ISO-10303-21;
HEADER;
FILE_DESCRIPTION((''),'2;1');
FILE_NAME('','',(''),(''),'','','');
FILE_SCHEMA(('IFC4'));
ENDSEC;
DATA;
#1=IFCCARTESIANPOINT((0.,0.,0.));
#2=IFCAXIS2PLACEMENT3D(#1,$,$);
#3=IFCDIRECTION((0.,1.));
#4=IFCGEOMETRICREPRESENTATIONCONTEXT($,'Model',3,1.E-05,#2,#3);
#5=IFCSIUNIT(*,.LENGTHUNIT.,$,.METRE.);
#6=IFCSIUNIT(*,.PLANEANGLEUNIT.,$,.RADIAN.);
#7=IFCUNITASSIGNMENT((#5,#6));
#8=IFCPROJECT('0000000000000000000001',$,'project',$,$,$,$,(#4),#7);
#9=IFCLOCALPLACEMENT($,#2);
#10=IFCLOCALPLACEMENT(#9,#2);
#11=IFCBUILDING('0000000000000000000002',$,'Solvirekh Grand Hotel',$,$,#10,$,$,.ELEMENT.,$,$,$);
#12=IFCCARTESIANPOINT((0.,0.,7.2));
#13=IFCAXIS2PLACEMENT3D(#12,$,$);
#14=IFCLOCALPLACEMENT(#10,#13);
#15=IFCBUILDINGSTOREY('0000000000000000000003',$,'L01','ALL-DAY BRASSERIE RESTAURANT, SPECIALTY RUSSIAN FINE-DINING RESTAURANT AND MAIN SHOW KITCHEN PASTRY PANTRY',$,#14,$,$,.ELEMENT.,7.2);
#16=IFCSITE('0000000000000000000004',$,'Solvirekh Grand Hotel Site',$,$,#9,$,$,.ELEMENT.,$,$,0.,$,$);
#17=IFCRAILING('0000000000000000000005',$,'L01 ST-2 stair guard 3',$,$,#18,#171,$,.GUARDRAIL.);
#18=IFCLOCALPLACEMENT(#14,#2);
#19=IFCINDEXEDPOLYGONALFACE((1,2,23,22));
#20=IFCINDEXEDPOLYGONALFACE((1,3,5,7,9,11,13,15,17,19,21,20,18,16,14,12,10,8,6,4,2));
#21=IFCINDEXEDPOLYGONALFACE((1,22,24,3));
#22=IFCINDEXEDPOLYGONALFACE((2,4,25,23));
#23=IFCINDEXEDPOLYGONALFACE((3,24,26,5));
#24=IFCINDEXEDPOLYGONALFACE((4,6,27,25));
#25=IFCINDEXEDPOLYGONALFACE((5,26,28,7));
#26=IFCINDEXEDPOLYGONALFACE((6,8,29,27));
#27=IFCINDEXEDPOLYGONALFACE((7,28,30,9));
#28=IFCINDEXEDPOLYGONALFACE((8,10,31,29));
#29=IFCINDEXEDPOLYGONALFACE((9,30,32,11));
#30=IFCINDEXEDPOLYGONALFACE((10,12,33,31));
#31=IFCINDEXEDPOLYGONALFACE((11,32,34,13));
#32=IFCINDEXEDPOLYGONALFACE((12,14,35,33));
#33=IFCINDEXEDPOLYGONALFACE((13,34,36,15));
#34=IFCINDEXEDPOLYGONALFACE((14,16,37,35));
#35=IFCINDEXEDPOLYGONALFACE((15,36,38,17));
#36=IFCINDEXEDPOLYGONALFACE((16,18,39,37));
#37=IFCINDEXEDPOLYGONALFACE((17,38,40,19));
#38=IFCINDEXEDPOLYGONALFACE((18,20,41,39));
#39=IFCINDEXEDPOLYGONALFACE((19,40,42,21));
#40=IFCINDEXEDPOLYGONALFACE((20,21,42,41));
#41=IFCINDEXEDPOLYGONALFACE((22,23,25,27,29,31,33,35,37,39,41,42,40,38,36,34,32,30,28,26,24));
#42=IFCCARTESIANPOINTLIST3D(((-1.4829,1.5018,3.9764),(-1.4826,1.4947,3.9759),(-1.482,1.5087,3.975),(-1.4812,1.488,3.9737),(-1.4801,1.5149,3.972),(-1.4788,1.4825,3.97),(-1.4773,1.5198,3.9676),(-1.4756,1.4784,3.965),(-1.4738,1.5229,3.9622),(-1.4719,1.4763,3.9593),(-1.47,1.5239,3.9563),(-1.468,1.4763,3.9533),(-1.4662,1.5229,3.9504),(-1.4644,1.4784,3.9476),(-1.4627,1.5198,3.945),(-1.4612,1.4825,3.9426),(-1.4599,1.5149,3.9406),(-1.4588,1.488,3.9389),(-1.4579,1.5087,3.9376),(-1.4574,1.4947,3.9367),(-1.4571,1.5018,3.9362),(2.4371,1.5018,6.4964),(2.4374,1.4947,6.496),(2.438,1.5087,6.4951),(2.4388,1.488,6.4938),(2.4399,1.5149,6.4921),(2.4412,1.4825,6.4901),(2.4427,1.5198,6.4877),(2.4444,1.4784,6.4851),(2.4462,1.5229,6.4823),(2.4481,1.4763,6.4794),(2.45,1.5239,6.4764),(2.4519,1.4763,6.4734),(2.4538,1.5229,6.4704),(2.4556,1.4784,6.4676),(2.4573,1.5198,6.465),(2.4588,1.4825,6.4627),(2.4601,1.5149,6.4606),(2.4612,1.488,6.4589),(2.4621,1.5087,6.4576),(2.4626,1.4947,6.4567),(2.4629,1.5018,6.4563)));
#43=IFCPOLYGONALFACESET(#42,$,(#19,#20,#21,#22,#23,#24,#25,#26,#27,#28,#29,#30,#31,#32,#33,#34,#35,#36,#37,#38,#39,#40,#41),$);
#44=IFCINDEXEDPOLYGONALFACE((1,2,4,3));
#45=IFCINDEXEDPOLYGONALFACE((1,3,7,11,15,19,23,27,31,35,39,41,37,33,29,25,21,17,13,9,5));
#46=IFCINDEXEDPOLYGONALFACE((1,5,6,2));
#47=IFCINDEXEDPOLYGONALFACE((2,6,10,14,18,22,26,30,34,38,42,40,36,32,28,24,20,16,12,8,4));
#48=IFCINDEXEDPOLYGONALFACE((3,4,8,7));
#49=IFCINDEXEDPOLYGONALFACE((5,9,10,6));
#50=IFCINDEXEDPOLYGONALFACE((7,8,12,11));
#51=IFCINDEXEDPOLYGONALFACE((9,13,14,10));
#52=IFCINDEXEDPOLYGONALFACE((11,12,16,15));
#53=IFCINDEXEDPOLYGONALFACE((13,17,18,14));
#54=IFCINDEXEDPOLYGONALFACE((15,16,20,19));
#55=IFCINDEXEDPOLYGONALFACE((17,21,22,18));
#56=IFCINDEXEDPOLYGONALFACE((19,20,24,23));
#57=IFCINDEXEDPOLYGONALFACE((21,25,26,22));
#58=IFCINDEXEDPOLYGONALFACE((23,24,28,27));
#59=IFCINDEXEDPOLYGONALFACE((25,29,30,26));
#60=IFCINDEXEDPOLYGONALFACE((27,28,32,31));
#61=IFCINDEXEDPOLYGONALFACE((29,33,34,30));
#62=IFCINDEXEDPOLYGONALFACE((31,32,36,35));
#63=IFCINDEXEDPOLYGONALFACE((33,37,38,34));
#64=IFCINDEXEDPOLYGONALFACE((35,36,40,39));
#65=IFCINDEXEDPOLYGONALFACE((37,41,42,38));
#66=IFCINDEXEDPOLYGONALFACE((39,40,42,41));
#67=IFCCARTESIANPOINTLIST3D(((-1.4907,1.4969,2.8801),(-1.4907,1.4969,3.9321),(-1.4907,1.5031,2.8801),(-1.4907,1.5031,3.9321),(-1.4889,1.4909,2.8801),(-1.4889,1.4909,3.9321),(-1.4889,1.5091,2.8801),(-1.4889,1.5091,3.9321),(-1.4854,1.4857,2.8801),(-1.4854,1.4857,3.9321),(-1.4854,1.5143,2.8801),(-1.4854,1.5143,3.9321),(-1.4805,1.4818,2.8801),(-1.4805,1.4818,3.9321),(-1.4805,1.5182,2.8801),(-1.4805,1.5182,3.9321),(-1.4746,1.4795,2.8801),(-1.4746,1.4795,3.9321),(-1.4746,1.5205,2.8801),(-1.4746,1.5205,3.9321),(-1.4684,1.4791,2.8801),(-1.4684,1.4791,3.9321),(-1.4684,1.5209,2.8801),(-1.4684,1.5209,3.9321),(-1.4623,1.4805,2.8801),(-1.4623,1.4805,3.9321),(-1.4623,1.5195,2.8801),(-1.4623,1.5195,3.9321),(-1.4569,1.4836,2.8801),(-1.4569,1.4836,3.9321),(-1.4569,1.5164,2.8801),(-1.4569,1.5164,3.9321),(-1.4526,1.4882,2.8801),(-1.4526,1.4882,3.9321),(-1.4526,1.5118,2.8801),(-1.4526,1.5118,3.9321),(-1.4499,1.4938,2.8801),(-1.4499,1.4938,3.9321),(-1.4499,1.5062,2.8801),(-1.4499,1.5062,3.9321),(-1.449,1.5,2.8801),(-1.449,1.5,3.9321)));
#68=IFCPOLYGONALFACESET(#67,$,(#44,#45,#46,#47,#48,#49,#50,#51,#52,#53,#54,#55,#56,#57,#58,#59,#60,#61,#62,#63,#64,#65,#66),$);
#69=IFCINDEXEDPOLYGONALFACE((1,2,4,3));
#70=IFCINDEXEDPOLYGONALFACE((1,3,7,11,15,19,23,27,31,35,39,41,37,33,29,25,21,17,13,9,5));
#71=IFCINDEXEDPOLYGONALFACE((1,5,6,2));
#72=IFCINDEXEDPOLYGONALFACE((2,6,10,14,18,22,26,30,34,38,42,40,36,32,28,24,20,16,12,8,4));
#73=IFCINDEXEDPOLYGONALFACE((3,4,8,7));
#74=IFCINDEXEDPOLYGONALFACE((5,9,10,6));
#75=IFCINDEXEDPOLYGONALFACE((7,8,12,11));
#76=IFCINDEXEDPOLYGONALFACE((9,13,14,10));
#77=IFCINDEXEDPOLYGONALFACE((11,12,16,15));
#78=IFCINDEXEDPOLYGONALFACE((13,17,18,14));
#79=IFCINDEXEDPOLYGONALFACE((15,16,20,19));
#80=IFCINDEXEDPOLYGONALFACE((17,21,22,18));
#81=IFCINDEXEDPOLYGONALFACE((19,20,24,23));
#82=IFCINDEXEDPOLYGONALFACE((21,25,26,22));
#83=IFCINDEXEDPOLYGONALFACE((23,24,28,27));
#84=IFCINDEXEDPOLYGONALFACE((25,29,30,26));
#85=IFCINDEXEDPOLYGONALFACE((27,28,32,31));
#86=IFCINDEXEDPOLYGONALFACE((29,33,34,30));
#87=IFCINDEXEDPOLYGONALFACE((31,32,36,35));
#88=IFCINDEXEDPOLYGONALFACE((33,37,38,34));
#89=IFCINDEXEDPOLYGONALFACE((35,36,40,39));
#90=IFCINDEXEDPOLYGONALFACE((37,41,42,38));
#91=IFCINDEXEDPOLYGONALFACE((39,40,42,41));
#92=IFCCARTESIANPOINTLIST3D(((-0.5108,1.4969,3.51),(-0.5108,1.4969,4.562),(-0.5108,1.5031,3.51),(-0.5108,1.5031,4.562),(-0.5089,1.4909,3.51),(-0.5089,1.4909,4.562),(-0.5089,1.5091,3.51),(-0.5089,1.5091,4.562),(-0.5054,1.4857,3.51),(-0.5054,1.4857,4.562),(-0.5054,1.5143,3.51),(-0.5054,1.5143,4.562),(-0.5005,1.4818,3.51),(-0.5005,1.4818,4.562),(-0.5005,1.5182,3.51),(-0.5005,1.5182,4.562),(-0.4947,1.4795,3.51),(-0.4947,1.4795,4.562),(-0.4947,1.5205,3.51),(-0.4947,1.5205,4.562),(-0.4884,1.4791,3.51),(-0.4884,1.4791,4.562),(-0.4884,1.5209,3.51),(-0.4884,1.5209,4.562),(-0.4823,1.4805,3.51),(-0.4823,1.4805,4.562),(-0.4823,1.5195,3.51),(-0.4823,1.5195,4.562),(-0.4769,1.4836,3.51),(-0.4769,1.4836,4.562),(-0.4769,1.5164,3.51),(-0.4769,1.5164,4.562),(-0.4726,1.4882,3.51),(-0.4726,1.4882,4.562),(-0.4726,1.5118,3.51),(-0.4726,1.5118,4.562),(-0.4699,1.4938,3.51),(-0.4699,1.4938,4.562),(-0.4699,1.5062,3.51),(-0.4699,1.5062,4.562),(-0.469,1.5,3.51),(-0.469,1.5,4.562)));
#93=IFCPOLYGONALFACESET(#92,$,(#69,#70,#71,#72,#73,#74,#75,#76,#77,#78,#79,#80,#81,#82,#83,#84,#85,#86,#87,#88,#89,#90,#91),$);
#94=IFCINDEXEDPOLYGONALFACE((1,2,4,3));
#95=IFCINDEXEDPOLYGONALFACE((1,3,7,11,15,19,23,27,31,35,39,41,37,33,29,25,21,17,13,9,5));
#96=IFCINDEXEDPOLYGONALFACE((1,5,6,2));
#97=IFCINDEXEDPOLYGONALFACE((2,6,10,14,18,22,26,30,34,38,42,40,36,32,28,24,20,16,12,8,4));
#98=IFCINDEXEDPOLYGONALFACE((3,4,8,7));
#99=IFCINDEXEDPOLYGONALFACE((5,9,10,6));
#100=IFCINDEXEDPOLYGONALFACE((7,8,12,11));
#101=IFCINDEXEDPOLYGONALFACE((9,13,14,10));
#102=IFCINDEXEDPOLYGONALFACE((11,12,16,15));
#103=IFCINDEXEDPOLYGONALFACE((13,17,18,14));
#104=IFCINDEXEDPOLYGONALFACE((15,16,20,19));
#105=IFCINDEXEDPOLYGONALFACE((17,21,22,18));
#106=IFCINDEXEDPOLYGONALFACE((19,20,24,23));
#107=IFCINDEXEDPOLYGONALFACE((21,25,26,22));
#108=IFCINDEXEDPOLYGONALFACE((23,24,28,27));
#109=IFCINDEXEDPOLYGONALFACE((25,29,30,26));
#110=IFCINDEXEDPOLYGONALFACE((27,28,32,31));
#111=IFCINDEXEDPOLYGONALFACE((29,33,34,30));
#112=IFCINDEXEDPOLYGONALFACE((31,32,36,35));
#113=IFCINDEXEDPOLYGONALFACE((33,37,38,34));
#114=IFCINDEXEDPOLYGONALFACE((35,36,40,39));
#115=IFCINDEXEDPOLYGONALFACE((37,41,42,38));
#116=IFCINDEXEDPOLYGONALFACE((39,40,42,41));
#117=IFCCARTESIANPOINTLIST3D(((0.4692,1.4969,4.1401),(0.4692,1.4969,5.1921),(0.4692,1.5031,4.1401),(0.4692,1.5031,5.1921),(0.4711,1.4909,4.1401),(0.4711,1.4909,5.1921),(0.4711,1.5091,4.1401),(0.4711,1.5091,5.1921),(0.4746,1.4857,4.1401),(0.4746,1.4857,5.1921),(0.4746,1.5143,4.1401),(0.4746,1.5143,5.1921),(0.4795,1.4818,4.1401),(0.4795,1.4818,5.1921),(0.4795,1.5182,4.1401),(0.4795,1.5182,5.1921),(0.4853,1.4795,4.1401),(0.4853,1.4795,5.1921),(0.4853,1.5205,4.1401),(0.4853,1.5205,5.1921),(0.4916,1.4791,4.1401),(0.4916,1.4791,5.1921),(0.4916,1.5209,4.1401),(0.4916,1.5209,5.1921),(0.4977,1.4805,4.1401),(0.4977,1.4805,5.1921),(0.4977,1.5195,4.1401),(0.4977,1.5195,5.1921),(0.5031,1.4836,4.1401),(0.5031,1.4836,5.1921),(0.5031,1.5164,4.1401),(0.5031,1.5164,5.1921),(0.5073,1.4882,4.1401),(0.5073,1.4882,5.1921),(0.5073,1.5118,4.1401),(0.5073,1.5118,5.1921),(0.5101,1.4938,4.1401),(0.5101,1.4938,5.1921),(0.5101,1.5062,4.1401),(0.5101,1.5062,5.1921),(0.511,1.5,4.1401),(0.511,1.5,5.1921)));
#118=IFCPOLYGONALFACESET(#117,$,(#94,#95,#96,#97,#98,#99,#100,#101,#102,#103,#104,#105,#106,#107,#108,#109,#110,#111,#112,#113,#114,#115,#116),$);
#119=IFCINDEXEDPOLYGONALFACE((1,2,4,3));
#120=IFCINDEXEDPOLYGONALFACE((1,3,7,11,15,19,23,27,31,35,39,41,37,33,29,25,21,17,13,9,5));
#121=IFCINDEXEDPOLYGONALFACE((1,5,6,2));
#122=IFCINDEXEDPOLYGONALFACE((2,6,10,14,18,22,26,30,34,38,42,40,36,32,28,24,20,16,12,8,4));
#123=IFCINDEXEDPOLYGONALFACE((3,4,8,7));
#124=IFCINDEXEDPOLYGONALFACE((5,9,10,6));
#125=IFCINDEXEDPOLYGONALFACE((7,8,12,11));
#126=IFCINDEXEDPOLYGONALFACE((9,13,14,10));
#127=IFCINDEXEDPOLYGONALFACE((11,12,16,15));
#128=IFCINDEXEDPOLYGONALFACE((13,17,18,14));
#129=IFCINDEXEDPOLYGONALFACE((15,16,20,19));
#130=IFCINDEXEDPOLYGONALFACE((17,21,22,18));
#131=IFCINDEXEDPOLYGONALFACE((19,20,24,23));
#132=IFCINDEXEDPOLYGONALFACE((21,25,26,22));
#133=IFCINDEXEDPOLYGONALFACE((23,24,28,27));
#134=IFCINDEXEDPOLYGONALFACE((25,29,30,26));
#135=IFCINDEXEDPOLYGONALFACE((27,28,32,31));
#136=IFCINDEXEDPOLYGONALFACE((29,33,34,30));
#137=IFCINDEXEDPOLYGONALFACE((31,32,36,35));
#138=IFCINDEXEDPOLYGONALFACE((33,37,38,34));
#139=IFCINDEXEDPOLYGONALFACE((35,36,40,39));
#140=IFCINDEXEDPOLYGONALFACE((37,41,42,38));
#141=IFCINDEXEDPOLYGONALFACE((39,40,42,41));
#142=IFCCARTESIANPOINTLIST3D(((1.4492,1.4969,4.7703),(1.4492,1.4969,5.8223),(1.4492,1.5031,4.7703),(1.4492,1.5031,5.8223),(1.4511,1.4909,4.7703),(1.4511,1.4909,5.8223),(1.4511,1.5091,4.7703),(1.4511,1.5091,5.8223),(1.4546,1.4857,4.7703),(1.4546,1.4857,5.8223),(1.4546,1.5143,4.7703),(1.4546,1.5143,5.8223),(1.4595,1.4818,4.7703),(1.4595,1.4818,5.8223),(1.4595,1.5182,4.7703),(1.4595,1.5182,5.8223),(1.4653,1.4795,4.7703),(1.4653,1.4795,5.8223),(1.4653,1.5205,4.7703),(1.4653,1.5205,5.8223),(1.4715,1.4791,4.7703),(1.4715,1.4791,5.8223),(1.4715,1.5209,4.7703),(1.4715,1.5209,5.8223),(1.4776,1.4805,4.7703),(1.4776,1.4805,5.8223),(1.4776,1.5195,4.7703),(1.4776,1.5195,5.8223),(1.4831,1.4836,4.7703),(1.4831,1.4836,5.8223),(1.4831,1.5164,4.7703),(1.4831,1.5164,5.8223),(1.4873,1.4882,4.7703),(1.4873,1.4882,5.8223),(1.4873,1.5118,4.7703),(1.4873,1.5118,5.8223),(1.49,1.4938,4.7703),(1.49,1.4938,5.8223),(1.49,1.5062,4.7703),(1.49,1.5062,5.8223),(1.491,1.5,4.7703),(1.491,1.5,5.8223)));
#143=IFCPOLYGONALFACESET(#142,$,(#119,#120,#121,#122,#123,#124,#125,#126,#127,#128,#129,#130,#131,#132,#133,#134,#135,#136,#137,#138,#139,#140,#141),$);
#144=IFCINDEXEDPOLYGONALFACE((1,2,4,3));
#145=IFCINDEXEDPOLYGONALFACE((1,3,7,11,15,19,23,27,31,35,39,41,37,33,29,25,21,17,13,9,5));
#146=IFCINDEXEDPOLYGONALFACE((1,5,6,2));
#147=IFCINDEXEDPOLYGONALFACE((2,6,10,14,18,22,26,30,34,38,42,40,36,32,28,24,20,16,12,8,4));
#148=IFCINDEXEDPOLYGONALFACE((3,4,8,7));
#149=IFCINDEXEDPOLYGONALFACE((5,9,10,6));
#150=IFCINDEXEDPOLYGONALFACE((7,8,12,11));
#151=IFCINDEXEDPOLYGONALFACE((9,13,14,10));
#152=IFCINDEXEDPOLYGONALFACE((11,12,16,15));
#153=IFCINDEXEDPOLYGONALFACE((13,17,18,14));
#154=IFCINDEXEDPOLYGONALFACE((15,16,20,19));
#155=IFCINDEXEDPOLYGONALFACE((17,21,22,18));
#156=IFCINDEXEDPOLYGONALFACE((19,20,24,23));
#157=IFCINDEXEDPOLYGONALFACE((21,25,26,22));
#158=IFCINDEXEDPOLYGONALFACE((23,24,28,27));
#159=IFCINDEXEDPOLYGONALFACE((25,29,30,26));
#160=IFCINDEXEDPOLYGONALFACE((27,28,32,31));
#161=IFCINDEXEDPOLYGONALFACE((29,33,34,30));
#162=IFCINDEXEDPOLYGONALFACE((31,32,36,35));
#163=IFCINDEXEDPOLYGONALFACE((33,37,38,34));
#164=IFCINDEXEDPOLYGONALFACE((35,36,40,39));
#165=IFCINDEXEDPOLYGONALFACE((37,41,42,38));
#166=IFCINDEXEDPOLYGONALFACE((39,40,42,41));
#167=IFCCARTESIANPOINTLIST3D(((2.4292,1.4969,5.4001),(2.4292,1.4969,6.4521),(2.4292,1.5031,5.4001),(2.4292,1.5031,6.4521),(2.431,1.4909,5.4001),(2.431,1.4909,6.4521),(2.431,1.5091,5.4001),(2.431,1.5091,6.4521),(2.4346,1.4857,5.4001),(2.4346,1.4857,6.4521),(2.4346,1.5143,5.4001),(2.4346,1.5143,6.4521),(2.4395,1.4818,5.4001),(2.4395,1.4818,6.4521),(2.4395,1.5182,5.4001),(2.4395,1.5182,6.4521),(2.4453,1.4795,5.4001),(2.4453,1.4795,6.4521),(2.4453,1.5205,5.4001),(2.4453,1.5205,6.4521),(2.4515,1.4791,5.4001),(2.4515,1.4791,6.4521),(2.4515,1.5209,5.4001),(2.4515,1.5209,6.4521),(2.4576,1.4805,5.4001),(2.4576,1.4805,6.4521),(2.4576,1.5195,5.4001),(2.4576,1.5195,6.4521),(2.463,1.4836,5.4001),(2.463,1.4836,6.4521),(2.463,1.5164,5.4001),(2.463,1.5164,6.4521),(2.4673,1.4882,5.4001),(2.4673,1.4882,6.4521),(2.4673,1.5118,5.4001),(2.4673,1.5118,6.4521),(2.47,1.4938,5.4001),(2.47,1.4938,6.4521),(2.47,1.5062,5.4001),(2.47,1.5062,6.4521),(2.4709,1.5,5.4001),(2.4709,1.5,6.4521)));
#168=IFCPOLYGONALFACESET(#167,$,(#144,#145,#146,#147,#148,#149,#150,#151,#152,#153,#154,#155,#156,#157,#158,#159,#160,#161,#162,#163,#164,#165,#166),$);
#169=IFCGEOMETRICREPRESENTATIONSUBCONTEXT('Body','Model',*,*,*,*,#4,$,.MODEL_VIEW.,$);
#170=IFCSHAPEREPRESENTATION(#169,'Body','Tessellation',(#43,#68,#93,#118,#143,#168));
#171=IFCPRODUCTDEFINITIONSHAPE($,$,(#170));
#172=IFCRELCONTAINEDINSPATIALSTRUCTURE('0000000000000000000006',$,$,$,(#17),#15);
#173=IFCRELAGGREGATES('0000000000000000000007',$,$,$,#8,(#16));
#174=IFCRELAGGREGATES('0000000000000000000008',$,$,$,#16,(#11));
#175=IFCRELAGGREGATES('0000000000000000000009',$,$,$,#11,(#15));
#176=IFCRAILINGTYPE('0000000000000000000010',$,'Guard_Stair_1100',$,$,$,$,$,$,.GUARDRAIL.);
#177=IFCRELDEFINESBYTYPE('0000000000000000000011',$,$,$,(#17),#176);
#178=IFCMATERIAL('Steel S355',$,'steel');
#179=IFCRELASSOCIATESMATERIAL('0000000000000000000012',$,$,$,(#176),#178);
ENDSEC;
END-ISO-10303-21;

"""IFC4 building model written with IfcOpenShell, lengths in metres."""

from ifc_helpers import new_model, si_unit, direction, frame, origin, origin_2d, place, context, subcontext, project, spatial, circle, extrude, material, type_object, element, save


model = new_model("IFC4")

# Units and contexts
model_context = context("Model", 3, precision=1e-05, world=origin(), true_north=direction((0.0, 1.0)))
body_context = subcontext(model_context, "Body", "Model", "MODEL_VIEW")
ifc_project = project(units=[si_unit("LENGTHUNIT", "METRE"), si_unit("PLANEANGLEUNIT", "RADIAN")], contexts=[model_context])

# Site, building, storey
site_placement = place(None, origin())
site = spatial("IfcSite", under=ifc_project, at=site_placement, Name="Solvirekh Grand Hotel Site", CompositionType="ELEMENT", RefElevation=0.0)
building_placement = place(site_placement, origin())
building = spatial("IfcBuilding", under=site, at=building_placement, Name="Solvirekh Grand Hotel", CompositionType="ELEMENT")
storey_placement = place(building_placement, frame((0.0, 0.0, 7.2)))
storey = spatial("IfcBuildingStorey", under=building, at=storey_placement, Name="L01", Description="ALL-DAY BRASSERIE RESTAURANT, SPECIALTY RUSSIAN FINE-DINING RESTAURANT AND MAIN SHOW KITCHEN PASTRY PANTRY", CompositionType="ELEMENT", Elevation=7.2)

# Railing
ifc_material_1 = material(Name="Steel S355", Category="steel")
railing_type_1 = type_object("IfcRailingType", Name="Guard_Stair_1100", PredefinedType="GUARDRAIL", material=ifc_material_1)
railing_1_placement = place(storey_placement, frame((-1.47, 1.5, 2.8801)))
element("IfcRailing", 1, at=railing_1_placement, inside=storey, type_object=railing_type_1, Name="L01 ST-2 stair guard 3", PredefinedType="GUARDRAIL", context=body_context, shape_type="SweptSolid", body=[
    extrude(circle(Radius=0.0239, at=origin_2d()), frame((0.0, 0.0, 1.0762), z_axis=(0.841172, 0.0, 0.540768), x_axis=(0.0, 1.0, 0.0)), (0.0, 0.0, 1.0), 4.6602),
    extrude(circle(Radius=0.021, at=origin_2d()), origin(), (0.0, 0.0, 1.0), 1.052),
    extrude(circle(Radius=0.021, at=origin_2d()), frame((0.98, 0.0, 0.6299)), (0.0, 0.0, 1.0), 1.052),
    extrude(circle(Radius=0.021, at=origin_2d()), frame((1.96, 0.0, 1.26)), (0.0, 0.0, 1.0), 1.052),
    extrude(circle(Radius=0.021, at=origin_2d()), frame((2.9399, 0.0, 1.8901)), (0.0, 0.0, 1.0), 1.052),
    extrude(circle(Radius=0.021, at=origin_2d()), frame((3.9199, 0.0, 2.52)), (0.0, 0.0, 1.0), 1.052),
])

save(model, "model.ifc")
